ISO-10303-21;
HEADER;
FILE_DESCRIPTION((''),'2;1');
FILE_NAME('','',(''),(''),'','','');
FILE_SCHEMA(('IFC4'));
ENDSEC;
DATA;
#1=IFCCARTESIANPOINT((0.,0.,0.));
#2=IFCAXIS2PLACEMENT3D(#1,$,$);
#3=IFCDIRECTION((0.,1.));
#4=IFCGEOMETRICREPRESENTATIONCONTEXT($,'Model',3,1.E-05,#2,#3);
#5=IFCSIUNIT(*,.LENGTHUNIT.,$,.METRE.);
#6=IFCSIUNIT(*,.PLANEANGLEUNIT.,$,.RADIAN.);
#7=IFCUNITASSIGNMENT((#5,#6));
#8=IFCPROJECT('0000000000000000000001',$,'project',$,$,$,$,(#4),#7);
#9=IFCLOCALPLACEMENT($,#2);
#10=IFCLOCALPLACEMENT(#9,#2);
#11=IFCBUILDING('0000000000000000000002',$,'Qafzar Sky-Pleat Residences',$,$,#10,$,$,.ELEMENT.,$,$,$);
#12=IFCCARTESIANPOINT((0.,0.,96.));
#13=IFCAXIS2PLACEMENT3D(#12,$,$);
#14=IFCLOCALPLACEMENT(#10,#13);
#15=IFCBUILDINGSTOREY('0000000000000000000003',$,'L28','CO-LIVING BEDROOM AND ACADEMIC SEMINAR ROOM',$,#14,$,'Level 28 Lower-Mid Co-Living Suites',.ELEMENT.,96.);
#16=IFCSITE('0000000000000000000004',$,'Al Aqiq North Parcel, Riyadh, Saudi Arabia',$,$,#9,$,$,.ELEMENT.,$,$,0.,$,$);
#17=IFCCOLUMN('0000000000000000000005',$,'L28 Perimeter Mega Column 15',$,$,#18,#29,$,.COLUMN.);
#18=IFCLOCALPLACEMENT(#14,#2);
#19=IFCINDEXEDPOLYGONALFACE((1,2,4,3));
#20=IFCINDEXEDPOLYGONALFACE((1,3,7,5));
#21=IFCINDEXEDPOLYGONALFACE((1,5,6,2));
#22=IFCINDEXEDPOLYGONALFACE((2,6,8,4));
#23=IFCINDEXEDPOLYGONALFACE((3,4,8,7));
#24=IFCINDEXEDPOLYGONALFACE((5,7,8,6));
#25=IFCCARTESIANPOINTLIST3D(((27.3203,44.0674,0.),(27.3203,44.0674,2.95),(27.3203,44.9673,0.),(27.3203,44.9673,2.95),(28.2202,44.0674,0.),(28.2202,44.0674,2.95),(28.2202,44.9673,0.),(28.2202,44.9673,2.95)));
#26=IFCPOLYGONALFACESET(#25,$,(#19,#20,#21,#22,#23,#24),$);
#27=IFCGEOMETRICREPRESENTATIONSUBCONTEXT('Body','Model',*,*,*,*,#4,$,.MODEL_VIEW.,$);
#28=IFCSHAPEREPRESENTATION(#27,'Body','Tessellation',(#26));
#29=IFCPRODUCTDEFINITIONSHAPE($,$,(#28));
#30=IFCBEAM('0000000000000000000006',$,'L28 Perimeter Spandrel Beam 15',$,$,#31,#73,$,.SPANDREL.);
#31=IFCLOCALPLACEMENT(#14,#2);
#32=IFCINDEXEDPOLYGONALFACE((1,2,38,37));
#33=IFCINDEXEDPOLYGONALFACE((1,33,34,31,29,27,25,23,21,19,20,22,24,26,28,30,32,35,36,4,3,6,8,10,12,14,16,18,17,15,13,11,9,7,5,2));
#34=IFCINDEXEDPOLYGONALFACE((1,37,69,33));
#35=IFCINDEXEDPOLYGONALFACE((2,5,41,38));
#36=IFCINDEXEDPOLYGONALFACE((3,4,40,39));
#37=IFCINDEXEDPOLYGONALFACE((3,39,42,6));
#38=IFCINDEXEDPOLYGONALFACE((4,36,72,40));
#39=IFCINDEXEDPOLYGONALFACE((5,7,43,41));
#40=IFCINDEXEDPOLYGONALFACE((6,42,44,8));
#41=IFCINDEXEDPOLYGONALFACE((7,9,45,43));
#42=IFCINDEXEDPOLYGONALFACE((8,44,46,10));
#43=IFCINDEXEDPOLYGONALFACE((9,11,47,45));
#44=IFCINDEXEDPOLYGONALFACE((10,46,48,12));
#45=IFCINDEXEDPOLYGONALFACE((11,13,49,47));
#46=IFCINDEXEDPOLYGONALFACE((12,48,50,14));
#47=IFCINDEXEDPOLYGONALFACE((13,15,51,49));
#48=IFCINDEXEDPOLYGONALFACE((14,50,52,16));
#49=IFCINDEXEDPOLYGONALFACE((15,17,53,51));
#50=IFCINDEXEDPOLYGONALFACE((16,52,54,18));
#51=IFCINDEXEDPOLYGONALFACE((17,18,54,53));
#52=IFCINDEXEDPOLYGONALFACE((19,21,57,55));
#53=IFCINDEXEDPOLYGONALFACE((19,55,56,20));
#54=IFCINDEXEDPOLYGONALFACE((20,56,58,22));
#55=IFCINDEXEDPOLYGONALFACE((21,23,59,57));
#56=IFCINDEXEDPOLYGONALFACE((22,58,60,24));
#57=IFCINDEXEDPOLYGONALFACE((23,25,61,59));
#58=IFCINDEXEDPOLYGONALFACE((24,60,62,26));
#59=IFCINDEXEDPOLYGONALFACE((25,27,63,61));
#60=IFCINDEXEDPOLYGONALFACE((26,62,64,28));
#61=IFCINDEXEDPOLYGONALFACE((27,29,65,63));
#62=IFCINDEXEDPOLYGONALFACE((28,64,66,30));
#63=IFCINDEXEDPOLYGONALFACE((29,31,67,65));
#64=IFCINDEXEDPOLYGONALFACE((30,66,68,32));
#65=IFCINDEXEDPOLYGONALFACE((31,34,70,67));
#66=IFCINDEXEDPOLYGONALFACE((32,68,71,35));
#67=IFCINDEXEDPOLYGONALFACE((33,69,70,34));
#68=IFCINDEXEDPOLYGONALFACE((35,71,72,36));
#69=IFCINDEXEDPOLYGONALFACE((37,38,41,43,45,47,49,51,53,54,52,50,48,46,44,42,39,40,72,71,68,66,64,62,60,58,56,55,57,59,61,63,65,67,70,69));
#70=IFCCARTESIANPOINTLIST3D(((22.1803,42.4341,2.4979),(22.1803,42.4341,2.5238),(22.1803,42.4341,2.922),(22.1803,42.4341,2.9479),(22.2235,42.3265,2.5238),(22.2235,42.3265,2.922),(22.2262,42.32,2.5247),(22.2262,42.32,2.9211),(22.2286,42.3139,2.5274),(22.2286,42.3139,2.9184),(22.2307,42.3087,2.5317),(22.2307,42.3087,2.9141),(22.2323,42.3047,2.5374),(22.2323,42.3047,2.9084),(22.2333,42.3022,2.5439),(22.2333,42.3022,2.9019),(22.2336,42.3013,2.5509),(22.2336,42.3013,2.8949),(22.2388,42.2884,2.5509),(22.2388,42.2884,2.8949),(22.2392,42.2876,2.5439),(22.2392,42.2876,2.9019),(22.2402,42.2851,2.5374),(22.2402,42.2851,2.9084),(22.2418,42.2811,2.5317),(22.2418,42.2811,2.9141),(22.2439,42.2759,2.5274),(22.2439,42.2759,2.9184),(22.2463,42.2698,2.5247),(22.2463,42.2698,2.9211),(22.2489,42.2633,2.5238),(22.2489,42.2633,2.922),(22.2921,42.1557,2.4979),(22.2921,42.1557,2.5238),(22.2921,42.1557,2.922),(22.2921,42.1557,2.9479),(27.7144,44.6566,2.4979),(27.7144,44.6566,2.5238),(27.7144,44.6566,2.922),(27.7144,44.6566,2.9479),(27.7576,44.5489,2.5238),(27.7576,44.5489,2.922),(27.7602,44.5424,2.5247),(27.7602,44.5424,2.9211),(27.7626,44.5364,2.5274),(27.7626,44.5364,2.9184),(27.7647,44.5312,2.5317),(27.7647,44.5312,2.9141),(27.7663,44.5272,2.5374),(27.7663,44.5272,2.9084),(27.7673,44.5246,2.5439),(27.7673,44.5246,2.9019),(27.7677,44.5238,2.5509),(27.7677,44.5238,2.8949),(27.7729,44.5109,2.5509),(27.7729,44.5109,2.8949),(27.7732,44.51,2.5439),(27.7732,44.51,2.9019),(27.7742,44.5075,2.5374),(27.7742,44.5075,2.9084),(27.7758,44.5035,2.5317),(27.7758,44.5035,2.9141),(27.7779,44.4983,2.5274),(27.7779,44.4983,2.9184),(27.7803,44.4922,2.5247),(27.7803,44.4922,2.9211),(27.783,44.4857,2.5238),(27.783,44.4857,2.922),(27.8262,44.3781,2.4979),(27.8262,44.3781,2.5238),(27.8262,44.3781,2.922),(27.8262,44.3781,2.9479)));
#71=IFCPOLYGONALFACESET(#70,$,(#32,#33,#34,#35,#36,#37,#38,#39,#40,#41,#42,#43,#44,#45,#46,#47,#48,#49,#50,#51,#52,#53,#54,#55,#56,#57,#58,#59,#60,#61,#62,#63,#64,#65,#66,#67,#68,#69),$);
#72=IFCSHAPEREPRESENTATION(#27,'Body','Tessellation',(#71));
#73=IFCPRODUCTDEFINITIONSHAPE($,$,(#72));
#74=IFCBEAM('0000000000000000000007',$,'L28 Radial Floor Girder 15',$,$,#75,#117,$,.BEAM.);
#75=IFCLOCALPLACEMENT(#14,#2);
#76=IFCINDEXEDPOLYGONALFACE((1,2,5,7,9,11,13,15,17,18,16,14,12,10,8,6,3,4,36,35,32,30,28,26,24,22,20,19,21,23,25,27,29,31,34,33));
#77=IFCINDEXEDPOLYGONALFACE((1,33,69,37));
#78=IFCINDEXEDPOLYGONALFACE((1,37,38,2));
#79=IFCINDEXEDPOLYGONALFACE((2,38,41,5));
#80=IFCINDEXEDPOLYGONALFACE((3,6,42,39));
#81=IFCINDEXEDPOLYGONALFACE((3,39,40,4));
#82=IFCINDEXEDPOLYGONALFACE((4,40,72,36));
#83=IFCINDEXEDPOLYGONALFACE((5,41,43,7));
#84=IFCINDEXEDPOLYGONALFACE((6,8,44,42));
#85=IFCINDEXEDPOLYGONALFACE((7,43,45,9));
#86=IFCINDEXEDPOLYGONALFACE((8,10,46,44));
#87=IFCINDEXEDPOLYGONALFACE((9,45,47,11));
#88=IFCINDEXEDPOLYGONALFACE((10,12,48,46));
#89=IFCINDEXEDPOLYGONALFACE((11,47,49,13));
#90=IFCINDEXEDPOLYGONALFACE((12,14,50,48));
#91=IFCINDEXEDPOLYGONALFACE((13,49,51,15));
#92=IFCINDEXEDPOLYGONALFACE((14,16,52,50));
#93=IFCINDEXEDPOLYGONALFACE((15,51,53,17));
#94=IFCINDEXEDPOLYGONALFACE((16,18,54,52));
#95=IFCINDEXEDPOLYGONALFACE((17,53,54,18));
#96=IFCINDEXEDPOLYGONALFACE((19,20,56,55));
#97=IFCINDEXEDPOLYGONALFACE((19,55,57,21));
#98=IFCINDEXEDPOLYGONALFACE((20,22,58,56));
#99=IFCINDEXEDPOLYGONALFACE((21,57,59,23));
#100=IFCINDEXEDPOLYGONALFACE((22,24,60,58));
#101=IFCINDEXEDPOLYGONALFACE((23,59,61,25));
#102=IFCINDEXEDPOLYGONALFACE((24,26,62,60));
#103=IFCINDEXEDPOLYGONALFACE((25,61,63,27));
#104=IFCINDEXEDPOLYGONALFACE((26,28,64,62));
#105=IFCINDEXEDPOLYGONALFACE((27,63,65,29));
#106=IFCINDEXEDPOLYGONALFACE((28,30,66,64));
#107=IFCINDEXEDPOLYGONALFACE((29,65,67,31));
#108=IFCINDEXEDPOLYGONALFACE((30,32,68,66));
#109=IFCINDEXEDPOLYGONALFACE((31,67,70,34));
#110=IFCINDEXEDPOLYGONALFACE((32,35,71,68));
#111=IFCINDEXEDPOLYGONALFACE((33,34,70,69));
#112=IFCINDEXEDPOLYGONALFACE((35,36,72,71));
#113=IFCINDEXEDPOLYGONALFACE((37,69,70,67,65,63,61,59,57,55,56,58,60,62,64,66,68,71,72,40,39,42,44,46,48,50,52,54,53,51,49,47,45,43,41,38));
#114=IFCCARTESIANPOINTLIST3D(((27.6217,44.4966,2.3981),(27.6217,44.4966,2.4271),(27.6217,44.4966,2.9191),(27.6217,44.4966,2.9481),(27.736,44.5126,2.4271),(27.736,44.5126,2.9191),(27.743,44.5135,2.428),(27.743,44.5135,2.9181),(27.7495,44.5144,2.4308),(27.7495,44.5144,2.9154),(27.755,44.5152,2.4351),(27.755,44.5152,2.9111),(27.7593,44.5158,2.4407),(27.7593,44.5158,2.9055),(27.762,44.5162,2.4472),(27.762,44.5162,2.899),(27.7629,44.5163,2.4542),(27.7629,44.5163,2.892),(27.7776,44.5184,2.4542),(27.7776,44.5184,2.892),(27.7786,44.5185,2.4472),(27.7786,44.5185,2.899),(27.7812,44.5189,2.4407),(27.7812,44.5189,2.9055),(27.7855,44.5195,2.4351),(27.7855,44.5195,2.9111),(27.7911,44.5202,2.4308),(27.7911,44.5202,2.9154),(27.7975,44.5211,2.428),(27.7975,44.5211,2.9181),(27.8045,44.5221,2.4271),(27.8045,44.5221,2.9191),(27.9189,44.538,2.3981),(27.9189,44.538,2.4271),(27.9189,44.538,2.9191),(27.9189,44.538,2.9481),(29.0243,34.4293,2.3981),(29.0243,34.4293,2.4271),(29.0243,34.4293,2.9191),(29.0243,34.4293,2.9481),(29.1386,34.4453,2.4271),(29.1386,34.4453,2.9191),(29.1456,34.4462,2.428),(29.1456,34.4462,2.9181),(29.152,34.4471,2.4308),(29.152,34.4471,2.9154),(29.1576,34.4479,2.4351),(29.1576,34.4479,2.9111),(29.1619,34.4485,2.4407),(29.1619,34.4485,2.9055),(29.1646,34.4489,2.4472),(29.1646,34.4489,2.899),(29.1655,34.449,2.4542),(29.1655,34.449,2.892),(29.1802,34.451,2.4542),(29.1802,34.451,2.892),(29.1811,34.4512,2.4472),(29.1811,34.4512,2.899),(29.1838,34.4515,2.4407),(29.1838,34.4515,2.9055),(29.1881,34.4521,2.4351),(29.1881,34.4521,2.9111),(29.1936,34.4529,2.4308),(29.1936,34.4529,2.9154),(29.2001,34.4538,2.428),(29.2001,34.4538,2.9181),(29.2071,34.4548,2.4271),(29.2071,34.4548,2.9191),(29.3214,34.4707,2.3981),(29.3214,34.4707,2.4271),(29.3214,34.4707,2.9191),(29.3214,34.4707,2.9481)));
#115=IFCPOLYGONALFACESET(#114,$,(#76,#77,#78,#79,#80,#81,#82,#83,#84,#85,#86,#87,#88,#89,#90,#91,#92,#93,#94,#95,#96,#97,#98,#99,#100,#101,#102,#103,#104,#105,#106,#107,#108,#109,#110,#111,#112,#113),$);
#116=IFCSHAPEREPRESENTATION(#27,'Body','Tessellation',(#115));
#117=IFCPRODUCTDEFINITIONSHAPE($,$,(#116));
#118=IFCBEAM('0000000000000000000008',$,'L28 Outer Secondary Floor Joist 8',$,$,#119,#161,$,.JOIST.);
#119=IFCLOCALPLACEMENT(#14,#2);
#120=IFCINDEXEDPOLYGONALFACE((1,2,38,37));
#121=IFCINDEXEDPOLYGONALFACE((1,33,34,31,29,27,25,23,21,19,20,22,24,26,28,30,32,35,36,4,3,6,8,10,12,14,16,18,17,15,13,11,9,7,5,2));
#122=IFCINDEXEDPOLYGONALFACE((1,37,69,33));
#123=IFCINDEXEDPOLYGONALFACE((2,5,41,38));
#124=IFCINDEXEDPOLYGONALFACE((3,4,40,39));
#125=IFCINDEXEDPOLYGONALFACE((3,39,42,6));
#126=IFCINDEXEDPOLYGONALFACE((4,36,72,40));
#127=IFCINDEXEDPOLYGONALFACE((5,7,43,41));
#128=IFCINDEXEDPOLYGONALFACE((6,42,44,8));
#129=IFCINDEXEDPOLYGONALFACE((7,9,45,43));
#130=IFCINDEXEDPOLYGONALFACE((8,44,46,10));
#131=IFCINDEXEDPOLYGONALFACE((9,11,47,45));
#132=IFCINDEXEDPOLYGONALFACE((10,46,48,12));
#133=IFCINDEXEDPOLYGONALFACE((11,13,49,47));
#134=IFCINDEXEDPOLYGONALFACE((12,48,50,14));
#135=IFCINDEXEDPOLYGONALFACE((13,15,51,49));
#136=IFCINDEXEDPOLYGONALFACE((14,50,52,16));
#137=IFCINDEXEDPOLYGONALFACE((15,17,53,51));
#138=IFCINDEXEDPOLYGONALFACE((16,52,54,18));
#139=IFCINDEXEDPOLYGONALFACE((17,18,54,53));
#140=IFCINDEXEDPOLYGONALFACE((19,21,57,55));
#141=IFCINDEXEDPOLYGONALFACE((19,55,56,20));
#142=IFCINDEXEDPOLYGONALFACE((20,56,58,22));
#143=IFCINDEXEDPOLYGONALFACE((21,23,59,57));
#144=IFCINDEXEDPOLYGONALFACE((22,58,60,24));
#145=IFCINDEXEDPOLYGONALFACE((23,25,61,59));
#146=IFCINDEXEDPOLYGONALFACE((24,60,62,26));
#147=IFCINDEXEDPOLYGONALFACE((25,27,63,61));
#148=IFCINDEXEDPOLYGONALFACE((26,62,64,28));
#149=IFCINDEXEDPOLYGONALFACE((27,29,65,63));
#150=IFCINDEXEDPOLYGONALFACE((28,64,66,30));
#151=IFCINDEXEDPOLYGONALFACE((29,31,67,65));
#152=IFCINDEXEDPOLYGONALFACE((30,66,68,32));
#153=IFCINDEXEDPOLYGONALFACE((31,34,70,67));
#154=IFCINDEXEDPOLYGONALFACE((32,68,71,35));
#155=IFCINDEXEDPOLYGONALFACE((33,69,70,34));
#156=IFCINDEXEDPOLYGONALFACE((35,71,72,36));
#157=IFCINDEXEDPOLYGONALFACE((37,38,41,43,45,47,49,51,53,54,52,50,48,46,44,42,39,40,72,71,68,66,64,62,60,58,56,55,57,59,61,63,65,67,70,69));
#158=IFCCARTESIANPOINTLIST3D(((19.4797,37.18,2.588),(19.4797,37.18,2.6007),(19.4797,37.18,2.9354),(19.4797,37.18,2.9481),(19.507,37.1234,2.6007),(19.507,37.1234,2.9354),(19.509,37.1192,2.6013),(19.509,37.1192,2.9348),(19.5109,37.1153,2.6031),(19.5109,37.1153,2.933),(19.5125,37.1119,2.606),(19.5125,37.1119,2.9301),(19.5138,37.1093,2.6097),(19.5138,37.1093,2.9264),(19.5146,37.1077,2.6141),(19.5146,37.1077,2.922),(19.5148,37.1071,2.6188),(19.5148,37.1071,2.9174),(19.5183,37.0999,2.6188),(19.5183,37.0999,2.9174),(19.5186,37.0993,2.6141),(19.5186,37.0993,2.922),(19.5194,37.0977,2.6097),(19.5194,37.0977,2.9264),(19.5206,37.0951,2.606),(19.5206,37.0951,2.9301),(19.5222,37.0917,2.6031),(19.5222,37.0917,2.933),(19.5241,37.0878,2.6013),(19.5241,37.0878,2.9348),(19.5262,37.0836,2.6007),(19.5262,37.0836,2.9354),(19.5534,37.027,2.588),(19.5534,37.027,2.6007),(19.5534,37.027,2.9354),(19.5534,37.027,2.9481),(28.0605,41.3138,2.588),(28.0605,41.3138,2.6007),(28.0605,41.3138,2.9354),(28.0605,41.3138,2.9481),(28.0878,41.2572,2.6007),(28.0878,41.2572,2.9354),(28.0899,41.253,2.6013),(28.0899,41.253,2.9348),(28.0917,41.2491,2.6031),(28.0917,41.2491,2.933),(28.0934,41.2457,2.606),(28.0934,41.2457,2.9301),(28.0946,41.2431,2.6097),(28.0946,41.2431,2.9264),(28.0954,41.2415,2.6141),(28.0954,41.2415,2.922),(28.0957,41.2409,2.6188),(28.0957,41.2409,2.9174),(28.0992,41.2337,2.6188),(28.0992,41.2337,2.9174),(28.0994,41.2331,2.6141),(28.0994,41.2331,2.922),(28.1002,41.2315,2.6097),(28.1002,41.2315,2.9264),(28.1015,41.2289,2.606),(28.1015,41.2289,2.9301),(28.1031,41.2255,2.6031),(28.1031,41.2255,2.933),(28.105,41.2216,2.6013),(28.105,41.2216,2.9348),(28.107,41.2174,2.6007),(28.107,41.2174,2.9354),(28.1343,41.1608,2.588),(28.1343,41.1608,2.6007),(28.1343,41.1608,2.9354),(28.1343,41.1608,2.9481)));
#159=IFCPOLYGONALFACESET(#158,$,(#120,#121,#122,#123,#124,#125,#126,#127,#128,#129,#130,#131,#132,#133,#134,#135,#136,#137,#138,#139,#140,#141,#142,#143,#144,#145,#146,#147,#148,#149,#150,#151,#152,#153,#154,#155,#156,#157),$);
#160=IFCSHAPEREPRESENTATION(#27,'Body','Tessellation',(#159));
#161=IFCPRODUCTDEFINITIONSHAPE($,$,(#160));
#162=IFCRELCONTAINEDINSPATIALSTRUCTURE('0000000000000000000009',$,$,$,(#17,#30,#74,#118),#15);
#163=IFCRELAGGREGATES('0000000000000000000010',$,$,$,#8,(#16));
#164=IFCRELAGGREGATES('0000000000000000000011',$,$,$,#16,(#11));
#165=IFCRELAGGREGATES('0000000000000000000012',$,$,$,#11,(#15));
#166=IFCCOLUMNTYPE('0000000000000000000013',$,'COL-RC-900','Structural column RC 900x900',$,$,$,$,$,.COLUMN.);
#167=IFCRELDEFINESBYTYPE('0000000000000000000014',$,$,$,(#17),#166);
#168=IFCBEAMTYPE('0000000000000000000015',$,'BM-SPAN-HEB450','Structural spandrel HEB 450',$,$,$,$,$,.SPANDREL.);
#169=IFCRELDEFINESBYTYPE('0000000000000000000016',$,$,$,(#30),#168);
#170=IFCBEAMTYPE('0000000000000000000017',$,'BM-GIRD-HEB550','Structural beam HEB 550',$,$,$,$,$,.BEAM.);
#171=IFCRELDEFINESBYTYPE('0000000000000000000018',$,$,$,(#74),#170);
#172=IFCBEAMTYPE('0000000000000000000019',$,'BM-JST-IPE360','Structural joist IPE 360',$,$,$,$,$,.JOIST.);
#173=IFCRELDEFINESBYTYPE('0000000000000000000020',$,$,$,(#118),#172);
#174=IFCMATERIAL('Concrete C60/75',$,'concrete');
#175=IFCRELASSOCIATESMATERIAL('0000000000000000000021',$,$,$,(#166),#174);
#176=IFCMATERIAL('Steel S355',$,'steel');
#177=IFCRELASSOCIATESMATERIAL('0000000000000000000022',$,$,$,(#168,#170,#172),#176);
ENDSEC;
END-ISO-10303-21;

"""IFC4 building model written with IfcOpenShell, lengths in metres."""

from ifc_helpers import new_model, si_unit, direction, frame, origin, origin_2d, place, context, subcontext, project, spatial, rectangle, i_section, extrude, source, transform, mapped, material, material_profile, profile_set, type_object, element, save


model = new_model("IFC4")

# Units and contexts
model_context = context("Model", 3, precision=1e-05, world=origin(), true_north=direction((0.0, 1.0)))
body_context = subcontext(model_context, "Body", "Model", "MODEL_VIEW")
ifc_project = project(units=[si_unit("LENGTHUNIT", "METRE"), si_unit("PLANEANGLEUNIT", "RADIAN")], contexts=[model_context])

# Site, building, storey
site_placement = place(None, origin())
site = spatial("IfcSite", under=ifc_project, at=site_placement, Name="Al Aqiq North Parcel, Riyadh, Saudi Arabia", CompositionType="ELEMENT", RefElevation=0.0)
building_placement = place(site_placement, origin())
building = spatial("IfcBuilding", under=site, at=building_placement, Name="Qafzar Sky-Pleat Residences", CompositionType="ELEMENT")
storey_placement = place(building_placement, frame((0.0, 0.0, 96.0)))
storey = spatial("IfcBuildingStorey", under=building, at=storey_placement, Name="L28", Description="CO-LIVING BEDROOM AND ACADEMIC SEMINAR ROOM", LongName="Level 28 Lower-Mid Co-Living Suites", CompositionType="ELEMENT", Elevation=96.0)

# Column
ifc_material_1 = material(Name="Concrete C60/75", Category="concrete")
ifc_material_profile_1 = material_profile(ifc_material_1, rectangle(XDim=0.8999, YDim=0.8999, at=origin_2d()), Name="RC 900x900")
ifc_profile_set_1 = profile_set([ifc_material_profile_1], Name="Concrete C60/75")
column_type = type_object("IfcColumnType", Name="COL-RC-900", Description="Structural column RC 900x900", PredefinedType="COLUMN", material=ifc_profile_set_1)
shared_shape_1 = source(origin(), body_context, "Body", "SweptSolid", [
    extrude(rectangle(XDim=0.8999, YDim=0.8999, at=origin_2d()), origin(), (0.0, 0.0, 1.0), 2.95),
])
column_placement = place(storey_placement, frame((27.7703, 44.5173, 0.0), z_axis=(0.0, 0.0, 1.0), x_axis=(1.0, 0.0, 0.0)))
element("IfcColumn", 1, at=column_placement, inside=storey, type_object=column_type, Name="L28 Perimeter Mega Column 15", PredefinedType="COLUMN", context=body_context, shape_type="MappedRepresentation", body=[
    mapped(shared_shape_1, transform((0.0, 0.0, 0.0), x_axis=(1.0, 0.0, 0.0), y_axis=(0.0, 1.0, 0.0), z_axis=(0.0, 0.0, 1.0), scale=1.0)),
])

# Beams
ifc_material_2 = material(Name="Steel S355", Category="steel")
ifc_material_profile_2 = material_profile(ifc_material_2, i_section(OverallWidth=0.3, OverallDepth=0.45, WebThickness=0.0139, FlangeThickness=0.0259, FilletRadius=0.0271, at=origin_2d()), Name="HEB 450")
ifc_profile_set_2 = profile_set([ifc_material_profile_2], Name="Steel S355")
beam_type_1 = type_object("IfcBeamType", Name="BM-SPAN-HEB450", Description="Structural spandrel HEB 450", PredefinedType="SPANDREL", material=ifc_profile_set_2)
shared_shape_2 = source(origin(), body_context, "Body", "SweptSolid", [
    extrude(i_section(OverallWidth=0.3, OverallDepth=0.45, WebThickness=0.0139, FlangeThickness=0.0259, FilletRadius=0.0271, at=origin_2d()), origin(), (0.0, 0.0, 1.0), 5.9636),
])
beam_1_placement = place(storey_placement, frame((27.7703, 44.5173, 2.7229), z_axis=(-0.927965, -0.372668, 0.0), x_axis=(0.372668, -0.927965, 0.0)))
element("IfcBeam", 2, at=beam_1_placement, inside=storey, type_object=beam_type_1, Name="L28 Perimeter Spandrel Beam 15", PredefinedType="SPANDREL", context=body_context, shape_type="MappedRepresentation", body=[
    mapped(shared_shape_2, transform((0.0, 0.0, 0.0), x_axis=(1.0, 0.0, 0.0), y_axis=(0.0, 1.0, 0.0), z_axis=(0.0, 0.0, 1.0), scale=1.0)),
])
ifc_material_profile_3 = material_profile(ifc_material_2, i_section(OverallWidth=0.3, OverallDepth=0.55, WebThickness=0.0149, FlangeThickness=0.0291, FilletRadius=0.0271, at=origin_2d()), Name="HEB 550")
ifc_profile_set_3 = profile_set([ifc_material_profile_3], Name="Steel S355")
beam_type_2 = type_object("IfcBeamType", Name="BM-GIRD-HEB550", Description="Structural beam HEB 550", PredefinedType="BEAM", material=ifc_profile_set_3)
shared_shape_3 = source(origin(), body_context, "Body", "SweptSolid", [
    extrude(i_section(OverallWidth=0.3, OverallDepth=0.55, WebThickness=0.0149, FlangeThickness=0.0291, FilletRadius=0.0271, at=origin_2d()), origin(), (0.0, 0.0, 1.0), 10.1646),
])
beam_2_placement = place(storey_placement, frame((27.7703, 44.5173, 2.6731), z_axis=(0.137987, -0.990434, 0.0), x_axis=(0.990434, 0.137987, 0.0)))
element("IfcBeam", 3, at=beam_2_placement, inside=storey, type_object=beam_type_2, Name="L28 Radial Floor Girder 15", PredefinedType="BEAM", context=body_context, shape_type="MappedRepresentation", body=[
    mapped(shared_shape_3, transform((0.0, 0.0, 0.0), x_axis=(1.0, 0.0, 0.0), y_axis=(0.0, 1.0, 0.0), z_axis=(0.0, 0.0, 1.0), scale=1.0)),
])
ifc_material_profile_4 = material_profile(ifc_material_2, i_section(OverallWidth=0.1699, OverallDepth=0.3601, WebThickness=0.0081, FlangeThickness=0.0127, FilletRadius=0.0181, at=origin_2d()), Name="IPE 360")
ifc_profile_set_4 = profile_set([ifc_material_profile_4], Name="Steel S355")
beam_type_3 = type_object("IfcBeamType", Name="BM-JST-IPE360", Description="Structural joist IPE 360", PredefinedType="JOIST", material=ifc_profile_set_4)
shared_shape_4 = source(origin(), body_context, "Body", "SweptSolid", [
    extrude(i_section(OverallWidth=0.1699, OverallDepth=0.3601, WebThickness=0.0081, FlangeThickness=0.0127, FilletRadius=0.0181, at=origin_2d()), origin(), (0.0, 0.0, 1.0), 9.5247),
])
beam_3_placement = place(storey_placement, frame((28.0974, 41.2373, 2.7681), z_axis=(-0.900908, -0.434011, 0.0), x_axis=(0.434011, -0.900908, 0.0)))
element("IfcBeam", 4, at=beam_3_placement, inside=storey, type_object=beam_type_3, Name="L28 Outer Secondary Floor Joist 8", PredefinedType="JOIST", context=body_context, shape_type="MappedRepresentation", body=[
    mapped(shared_shape_4, transform((0.0, 0.0, 0.0), x_axis=(1.0, 0.0, 0.0), y_axis=(0.0, 1.0, 0.0), z_axis=(0.0, 0.0, 1.0), scale=1.0)),
])

save(model, "model.ifc")
